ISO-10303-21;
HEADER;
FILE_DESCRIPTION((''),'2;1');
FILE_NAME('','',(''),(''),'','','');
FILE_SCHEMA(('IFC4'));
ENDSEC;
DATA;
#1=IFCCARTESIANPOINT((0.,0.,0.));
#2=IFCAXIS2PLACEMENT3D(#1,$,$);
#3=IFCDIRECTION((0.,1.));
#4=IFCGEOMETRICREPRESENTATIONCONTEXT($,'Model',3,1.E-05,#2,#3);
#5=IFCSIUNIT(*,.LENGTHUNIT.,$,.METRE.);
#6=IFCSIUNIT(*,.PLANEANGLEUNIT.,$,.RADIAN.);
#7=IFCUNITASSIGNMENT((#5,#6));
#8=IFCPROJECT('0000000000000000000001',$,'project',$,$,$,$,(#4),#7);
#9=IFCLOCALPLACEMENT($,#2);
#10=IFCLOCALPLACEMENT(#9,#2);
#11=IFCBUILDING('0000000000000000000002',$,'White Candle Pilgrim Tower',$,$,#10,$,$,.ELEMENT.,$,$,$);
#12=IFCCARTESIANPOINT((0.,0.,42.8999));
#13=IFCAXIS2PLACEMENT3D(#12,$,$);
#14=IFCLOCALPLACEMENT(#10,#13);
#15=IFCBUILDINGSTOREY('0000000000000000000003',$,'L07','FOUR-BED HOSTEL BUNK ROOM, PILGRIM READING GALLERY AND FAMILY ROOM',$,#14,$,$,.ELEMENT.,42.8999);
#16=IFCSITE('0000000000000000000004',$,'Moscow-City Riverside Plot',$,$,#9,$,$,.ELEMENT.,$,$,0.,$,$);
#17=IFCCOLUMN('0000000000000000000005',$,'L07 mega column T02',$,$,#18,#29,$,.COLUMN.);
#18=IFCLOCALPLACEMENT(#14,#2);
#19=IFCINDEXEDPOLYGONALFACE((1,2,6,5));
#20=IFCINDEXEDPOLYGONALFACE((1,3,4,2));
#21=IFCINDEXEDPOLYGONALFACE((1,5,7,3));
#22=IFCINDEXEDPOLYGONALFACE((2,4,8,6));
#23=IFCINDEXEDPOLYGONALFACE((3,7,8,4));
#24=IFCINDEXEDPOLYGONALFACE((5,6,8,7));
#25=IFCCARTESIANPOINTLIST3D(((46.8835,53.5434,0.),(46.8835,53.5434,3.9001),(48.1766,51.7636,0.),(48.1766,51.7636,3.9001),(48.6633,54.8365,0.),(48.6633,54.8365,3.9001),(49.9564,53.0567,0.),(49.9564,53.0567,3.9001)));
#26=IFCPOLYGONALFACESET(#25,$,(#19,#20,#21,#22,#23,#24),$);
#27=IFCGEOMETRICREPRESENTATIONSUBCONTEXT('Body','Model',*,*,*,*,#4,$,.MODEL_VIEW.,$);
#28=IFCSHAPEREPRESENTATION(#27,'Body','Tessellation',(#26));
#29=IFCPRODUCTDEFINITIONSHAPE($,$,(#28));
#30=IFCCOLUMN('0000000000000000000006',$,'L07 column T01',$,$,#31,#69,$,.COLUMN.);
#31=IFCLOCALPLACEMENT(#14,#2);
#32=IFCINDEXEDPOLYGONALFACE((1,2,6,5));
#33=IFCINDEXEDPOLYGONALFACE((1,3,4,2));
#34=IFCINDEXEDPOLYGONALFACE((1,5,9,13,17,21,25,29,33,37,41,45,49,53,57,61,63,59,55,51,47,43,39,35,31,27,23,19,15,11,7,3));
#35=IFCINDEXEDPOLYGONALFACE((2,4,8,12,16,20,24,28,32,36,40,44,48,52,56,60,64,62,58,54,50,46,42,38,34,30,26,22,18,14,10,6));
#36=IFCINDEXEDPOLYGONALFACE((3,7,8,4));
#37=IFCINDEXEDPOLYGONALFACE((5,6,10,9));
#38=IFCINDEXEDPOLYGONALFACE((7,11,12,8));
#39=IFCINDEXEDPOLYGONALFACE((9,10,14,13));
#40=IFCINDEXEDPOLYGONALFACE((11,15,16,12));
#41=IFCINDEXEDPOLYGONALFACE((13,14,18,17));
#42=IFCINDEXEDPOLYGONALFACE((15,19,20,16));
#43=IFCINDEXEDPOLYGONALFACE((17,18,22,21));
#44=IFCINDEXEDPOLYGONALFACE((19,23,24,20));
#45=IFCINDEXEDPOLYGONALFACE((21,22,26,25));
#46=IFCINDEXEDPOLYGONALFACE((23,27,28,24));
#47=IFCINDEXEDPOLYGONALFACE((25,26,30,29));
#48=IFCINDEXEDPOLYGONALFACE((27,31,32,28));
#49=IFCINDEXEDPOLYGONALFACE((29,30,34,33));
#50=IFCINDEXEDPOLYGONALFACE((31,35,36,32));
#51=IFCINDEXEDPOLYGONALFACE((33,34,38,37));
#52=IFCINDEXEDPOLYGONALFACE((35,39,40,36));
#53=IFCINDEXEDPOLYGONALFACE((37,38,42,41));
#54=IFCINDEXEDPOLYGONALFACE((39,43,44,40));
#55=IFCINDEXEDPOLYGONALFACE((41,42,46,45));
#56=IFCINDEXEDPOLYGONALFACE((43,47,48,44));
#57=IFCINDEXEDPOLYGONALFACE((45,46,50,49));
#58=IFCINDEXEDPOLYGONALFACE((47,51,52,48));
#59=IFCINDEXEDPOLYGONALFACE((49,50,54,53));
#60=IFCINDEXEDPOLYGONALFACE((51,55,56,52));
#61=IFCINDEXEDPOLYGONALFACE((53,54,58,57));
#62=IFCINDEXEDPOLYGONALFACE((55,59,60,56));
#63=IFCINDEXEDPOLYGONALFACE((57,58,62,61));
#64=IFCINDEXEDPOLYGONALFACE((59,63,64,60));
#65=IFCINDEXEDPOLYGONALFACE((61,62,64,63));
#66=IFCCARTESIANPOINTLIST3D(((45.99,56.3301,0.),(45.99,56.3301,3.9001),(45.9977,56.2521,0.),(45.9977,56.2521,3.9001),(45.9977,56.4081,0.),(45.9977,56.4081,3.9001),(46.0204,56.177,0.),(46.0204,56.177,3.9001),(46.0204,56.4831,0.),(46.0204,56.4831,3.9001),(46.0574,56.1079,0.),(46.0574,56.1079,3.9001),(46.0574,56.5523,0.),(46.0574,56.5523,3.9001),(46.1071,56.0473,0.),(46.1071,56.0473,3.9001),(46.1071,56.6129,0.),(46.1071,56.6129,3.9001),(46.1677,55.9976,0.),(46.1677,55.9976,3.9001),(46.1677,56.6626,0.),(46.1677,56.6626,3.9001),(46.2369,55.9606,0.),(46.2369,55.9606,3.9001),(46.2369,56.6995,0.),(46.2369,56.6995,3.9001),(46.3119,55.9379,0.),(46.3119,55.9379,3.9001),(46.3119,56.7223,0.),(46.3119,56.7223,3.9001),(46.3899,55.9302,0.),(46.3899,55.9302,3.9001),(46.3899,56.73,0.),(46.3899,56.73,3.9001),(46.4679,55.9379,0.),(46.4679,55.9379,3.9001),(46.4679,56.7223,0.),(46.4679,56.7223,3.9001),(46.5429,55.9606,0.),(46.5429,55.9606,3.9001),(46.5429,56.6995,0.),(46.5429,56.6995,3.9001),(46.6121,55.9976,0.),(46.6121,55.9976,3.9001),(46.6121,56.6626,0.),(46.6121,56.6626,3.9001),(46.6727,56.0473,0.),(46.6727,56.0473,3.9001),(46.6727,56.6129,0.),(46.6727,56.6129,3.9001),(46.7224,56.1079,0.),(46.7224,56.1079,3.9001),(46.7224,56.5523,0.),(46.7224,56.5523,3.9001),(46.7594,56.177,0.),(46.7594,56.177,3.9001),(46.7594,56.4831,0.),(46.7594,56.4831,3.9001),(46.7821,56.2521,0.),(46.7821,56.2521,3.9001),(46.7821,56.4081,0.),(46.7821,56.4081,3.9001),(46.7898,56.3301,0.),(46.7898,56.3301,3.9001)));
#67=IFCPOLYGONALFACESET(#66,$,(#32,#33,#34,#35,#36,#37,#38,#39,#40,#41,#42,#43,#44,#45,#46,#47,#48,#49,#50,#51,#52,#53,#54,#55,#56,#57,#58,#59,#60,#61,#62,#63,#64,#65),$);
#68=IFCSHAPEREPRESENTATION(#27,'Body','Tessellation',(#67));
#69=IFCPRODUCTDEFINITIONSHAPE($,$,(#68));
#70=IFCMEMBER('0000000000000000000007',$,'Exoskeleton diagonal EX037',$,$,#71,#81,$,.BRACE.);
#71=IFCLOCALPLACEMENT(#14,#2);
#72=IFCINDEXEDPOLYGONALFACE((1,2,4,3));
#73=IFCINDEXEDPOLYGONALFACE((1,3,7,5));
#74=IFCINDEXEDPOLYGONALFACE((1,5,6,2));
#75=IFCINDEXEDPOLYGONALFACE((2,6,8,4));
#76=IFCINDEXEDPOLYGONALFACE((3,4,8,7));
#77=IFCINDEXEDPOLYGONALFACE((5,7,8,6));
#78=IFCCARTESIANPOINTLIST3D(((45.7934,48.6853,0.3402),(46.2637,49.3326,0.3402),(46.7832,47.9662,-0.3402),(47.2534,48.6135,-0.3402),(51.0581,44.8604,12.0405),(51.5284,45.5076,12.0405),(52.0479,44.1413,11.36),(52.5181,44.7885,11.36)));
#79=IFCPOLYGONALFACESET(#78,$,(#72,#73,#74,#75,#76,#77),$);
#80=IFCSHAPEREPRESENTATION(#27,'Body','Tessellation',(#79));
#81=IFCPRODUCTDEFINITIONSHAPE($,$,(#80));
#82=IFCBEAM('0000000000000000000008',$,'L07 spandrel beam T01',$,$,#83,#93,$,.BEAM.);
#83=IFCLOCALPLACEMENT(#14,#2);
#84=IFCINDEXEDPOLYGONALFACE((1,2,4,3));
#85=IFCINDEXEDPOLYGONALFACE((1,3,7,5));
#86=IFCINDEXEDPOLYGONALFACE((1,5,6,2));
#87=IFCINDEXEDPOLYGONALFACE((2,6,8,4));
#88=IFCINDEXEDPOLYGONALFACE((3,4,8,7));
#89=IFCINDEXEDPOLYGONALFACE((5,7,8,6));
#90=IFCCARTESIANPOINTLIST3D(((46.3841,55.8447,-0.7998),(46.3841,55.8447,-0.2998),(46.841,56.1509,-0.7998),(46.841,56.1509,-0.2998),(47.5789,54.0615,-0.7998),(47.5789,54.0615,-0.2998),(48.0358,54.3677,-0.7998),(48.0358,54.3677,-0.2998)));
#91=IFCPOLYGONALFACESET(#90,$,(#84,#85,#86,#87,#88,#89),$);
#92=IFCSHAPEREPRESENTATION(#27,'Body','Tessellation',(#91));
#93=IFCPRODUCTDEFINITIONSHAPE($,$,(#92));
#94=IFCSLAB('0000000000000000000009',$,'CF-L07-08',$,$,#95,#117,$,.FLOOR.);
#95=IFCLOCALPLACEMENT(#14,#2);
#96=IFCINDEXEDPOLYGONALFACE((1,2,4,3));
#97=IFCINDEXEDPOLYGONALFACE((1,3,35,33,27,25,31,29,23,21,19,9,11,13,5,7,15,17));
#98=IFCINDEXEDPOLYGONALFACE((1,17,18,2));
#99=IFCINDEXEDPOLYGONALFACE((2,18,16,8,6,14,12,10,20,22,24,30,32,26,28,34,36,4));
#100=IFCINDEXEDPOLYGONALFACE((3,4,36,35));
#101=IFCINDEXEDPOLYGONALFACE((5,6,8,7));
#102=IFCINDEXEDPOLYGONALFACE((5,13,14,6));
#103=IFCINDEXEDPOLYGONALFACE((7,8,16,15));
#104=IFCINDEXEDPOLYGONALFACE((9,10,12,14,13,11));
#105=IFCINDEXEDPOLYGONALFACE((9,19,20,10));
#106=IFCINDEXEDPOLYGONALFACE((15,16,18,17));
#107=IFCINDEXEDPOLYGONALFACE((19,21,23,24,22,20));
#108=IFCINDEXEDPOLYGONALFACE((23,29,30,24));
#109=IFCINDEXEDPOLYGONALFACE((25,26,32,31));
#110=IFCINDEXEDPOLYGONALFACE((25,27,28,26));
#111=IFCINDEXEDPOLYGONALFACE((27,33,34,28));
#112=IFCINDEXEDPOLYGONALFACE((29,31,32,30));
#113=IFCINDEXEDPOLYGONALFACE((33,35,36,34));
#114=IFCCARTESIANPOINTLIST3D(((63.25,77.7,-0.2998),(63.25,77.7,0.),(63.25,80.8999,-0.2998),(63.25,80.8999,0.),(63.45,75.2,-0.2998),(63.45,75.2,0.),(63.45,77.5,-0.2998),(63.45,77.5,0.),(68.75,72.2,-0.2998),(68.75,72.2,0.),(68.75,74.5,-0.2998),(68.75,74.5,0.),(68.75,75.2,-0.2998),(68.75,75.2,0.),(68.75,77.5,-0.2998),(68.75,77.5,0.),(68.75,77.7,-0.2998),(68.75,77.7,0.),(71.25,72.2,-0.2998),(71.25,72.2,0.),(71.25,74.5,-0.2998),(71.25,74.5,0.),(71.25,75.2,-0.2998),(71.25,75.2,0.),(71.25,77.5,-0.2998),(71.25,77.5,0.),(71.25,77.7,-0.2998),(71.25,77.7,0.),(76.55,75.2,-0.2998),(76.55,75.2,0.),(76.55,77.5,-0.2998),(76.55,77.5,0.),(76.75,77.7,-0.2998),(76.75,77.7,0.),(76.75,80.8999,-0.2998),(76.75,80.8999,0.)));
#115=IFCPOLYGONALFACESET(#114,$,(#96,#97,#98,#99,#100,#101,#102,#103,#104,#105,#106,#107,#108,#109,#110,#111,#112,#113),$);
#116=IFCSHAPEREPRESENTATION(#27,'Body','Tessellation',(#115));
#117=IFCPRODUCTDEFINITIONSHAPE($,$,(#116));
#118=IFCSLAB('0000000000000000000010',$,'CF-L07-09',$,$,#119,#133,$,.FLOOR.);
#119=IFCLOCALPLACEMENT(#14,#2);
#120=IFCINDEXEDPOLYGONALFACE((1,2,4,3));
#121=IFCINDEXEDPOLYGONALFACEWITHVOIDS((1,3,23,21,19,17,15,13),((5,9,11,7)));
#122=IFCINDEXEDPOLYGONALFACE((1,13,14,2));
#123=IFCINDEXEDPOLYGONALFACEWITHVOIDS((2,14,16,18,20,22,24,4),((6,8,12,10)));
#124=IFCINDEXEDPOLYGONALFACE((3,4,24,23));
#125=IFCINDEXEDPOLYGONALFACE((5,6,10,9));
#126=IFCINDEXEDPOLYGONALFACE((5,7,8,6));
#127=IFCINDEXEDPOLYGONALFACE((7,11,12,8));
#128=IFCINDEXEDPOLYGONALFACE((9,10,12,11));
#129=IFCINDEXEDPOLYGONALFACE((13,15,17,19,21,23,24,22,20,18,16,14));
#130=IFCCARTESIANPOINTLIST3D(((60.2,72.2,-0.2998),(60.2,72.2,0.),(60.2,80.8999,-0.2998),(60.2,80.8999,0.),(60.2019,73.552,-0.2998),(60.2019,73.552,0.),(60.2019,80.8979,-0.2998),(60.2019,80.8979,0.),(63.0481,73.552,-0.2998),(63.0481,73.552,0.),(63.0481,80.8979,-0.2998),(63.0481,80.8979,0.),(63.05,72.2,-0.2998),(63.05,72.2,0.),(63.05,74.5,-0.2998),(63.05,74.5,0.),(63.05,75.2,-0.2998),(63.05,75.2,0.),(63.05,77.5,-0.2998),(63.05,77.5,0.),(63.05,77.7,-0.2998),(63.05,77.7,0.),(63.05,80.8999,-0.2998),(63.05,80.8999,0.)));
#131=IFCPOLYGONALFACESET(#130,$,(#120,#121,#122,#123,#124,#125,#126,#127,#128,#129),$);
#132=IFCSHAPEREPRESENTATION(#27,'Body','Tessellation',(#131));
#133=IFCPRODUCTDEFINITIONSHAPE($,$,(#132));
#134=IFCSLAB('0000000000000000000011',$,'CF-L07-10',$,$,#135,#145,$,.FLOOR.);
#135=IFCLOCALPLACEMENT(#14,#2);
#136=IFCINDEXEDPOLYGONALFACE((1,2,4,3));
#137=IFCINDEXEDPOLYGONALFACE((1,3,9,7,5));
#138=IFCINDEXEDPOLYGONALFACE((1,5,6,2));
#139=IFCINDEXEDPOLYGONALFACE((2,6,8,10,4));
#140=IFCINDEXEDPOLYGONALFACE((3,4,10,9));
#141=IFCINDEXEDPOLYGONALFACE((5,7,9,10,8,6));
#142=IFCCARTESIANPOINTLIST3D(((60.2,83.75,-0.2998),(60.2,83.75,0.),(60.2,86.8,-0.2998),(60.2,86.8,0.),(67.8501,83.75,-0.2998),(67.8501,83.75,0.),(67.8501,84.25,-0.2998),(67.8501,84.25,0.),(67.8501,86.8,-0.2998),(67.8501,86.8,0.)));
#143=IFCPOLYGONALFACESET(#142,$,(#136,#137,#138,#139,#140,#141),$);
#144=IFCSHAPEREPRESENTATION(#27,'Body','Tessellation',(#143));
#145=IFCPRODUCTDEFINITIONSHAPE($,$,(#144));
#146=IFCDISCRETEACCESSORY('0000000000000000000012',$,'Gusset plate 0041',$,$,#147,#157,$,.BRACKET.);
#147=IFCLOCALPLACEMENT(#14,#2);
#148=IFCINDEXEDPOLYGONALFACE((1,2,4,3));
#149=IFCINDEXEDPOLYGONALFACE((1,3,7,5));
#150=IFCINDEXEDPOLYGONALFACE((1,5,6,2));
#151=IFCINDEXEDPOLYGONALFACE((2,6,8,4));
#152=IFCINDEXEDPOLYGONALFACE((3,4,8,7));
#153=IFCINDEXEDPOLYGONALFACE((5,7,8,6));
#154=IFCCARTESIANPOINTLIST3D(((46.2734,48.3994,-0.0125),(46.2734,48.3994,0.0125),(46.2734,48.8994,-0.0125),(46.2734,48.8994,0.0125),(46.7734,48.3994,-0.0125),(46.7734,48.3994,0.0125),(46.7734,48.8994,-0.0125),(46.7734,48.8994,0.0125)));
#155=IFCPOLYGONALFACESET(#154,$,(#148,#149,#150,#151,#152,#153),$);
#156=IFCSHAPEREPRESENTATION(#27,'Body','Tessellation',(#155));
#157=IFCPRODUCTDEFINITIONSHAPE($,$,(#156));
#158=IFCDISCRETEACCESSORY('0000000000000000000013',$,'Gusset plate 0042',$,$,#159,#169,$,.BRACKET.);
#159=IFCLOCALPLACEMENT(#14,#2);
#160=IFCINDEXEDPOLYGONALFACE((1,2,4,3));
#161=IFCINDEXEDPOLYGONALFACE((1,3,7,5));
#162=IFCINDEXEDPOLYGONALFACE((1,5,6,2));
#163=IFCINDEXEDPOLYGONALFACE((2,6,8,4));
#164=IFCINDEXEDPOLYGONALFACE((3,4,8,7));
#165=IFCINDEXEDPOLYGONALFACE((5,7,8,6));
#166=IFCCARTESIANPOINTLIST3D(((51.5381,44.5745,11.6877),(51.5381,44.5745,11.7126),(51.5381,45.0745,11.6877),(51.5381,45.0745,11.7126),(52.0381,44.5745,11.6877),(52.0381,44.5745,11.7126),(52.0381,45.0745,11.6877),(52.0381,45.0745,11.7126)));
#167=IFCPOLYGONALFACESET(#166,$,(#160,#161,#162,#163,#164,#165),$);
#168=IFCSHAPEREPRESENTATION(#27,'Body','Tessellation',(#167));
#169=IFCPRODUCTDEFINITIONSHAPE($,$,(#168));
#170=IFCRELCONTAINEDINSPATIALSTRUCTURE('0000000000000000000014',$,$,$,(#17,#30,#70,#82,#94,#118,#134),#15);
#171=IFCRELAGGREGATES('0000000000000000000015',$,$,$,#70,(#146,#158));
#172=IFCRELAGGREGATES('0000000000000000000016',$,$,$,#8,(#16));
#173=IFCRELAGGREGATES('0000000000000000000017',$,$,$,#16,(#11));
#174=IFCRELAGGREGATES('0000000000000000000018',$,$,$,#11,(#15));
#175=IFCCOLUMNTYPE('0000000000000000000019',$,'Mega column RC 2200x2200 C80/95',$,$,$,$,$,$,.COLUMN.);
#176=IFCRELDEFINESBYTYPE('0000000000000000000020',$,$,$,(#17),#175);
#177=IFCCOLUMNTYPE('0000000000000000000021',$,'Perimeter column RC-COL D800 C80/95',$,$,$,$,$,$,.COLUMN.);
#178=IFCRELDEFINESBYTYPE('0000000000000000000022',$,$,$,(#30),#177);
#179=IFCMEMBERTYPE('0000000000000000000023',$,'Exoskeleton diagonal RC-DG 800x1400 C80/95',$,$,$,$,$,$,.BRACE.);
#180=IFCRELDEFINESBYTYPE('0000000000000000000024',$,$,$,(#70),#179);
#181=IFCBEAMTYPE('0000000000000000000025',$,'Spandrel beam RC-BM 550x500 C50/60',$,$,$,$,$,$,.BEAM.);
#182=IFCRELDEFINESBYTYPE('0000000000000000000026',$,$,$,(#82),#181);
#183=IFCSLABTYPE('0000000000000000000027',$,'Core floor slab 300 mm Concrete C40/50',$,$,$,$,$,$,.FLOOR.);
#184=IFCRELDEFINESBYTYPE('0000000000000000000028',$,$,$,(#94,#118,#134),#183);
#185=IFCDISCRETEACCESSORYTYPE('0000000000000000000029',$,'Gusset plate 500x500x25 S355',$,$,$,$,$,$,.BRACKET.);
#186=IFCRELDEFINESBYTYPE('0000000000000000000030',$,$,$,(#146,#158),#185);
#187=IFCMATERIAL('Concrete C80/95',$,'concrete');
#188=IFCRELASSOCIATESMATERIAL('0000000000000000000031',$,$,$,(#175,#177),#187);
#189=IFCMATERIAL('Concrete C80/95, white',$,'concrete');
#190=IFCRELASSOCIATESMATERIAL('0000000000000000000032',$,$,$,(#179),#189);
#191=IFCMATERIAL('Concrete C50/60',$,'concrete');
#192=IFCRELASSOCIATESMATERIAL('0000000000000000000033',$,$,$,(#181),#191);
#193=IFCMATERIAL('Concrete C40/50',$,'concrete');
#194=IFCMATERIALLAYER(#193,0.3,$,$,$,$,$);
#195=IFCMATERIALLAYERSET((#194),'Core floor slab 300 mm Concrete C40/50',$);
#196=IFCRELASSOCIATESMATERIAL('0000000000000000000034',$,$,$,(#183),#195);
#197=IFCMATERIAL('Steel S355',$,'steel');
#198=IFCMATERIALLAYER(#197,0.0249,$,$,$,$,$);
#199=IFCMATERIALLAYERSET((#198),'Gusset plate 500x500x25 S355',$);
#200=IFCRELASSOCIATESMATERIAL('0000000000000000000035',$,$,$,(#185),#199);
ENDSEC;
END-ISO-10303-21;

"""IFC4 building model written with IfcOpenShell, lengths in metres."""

from ifc_helpers import new_model, si_unit, direction, frame, origin, origin_2d, place, context, subcontext, project, spatial, polyline, rectangle, circle, outline, extrude, material, layer, layer_set, material_profile, profile_set, type_object, element, aggregate, save


model = new_model("IFC4")

# Units and contexts
model_context = context("Model", 3, precision=1e-05, world=origin(), true_north=direction((0.0, 1.0)))
body_context = subcontext(model_context, "Body", "Model", "MODEL_VIEW")
ifc_project = project(units=[si_unit("LENGTHUNIT", "METRE"), si_unit("PLANEANGLEUNIT", "RADIAN")], contexts=[model_context])

# Site, building, storey
site_placement = place(None, origin())
site = spatial("IfcSite", under=ifc_project, at=site_placement, Name="Moscow-City Riverside Plot", CompositionType="ELEMENT", RefElevation=0.0)
building_placement = place(site_placement, origin())
building = spatial("IfcBuilding", under=site, at=building_placement, Name="White Candle Pilgrim Tower", CompositionType="ELEMENT")
storey_placement = place(building_placement, frame((0.0, 0.0, 42.8999)))
storey = spatial("IfcBuildingStorey", under=building, at=storey_placement, Name="L07", Description="FOUR-BED HOSTEL BUNK ROOM, PILGRIM READING GALLERY AND FAMILY ROOM", CompositionType="ELEMENT", Elevation=42.8999)

# Columns
ifc_material_1 = material(Name="Concrete C80/95", Category="concrete")
ifc_material_profile_1 = material_profile(ifc_material_1, rectangle(XDim=2.2, YDim=2.2, at=origin_2d()), Name="RC 2200x2200")
ifc_profile_set_1 = profile_set([ifc_material_profile_1], Name="Concrete C80/95")
column_type_1 = type_object("IfcColumnType", Name="Mega column RC 2200x2200 C80/95", PredefinedType="COLUMN", material=ifc_profile_set_1)
column_1_placement = place(storey_placement, frame((48.4199, 53.3, 0.0), z_axis=(0.0, 0.0, 1.0), x_axis=(-0.809017, -0.587785, 0.0)))
element("IfcColumn", 1, at=column_1_placement, inside=storey, type_object=column_type_1, Name="L07 mega column T02", PredefinedType="COLUMN", context=body_context, shape_type="SweptSolid", body=[
    extrude(rectangle(XDim=2.2, YDim=2.2, at=origin_2d()), origin(), (0.0, 0.0, 1.0), 3.9001),
])
ifc_material_profile_2 = material_profile(ifc_material_1, circle(Radius=0.3999, at=origin_2d()), Name="RC-COL D800")
ifc_profile_set_2 = profile_set([ifc_material_profile_2], Name="Concrete C80/95")
column_type_2 = type_object("IfcColumnType", Name="Perimeter column RC-COL D800 C80/95", PredefinedType="COLUMN", material=ifc_profile_set_2)
column_2_placement = place(storey_placement, frame((46.3899, 56.3301, 0.0), z_axis=(0.0, 0.0, 1.0), x_axis=(1.0, 0.0, 0.0)))
element("IfcColumn", 2, at=column_2_placement, inside=storey, type_object=column_type_2, Name="L07 column T01", PredefinedType="COLUMN", context=body_context, shape_type="SweptSolid", body=[
    extrude(circle(Radius=0.3999, at=origin_2d()), origin(), (0.0, 0.0, 1.0), 3.9001),
])

# Member
ifc_material_2 = material(Name="Concrete C80/95, white", Category="concrete")
ifc_material_profile_3 = material_profile(ifc_material_2, rectangle(XDim=0.8, YDim=1.3999, at=origin_2d()), Name="RC-DG 800x1400")
ifc_profile_set_3 = profile_set([ifc_material_profile_3], Name="Concrete C80/95, white")
member_type = type_object("IfcMemberType", Name="Exoskeleton diagonal RC-DG 800x1400 C80/95", PredefinedType="BRACE", material=ifc_profile_set_3)
member_placement = place(storey_placement, frame((46.5234, 48.6494, 0.0), z_axis=(0.393233, -0.285698, 0.873925), x_axis=(0.587781, 0.80902, 0.0)))
member = element("IfcMember", 3, at=member_placement, inside=storey, type_object=member_type, Name="Exoskeleton diagonal EX037", PredefinedType="BRACE", context=body_context, shape_type="SweptSolid", body=[
    extrude(rectangle(XDim=0.8, YDim=1.3999, at=origin_2d()), origin(), (0.0, 0.0, 1.0), 13.3882),
])

# Beam
ifc_material_3 = material(Name="Concrete C50/60", Category="concrete")
ifc_material_profile_4 = material_profile(ifc_material_3, rectangle(XDim=0.55, YDim=0.5, at=origin_2d()), Name="RC-BM 550x500")
ifc_profile_set_4 = profile_set([ifc_material_profile_4], Name="Concrete C50/60")
beam_type = type_object("IfcBeamType", Name="Spandrel beam RC-BM 550x500 C50/60", PredefinedType="BEAM", material=ifc_profile_set_4)
beam_placement = place(storey_placement, frame((46.6125, 55.9978, -0.5498), z_axis=(0.556641, -0.830753, 0.0), x_axis=(0.830753, 0.556641, 0.0)))
element("IfcBeam", 4, at=beam_placement, inside=storey, type_object=beam_type, Name="L07 spandrel beam T01", PredefinedType="BEAM", context=body_context, shape_type="SweptSolid", body=[
    extrude(rectangle(XDim=0.55, YDim=0.5, at=origin_2d()), origin(), (0.0, 0.0, 1.0), 2.1465),
])

# Slabs
ifc_material_4 = material(Name="Concrete C40/50", Category="concrete")
ifc_layer_1 = layer(ifc_material_4, 0.3)
ifc_layer_set_1 = layer_set([ifc_layer_1], Name="Core floor slab 300 mm Concrete C40/50")
slab_type_1 = type_object("IfcSlabType", Name="Core floor slab 300 mm Concrete C40/50", PredefinedType="FLOOR", material=ifc_layer_set_1)
slab_1_placement = place(storey_placement, frame((0.0, 0.0, -0.2998)))
element("IfcSlab", 5, at=slab_1_placement, inside=storey, type_object=slab_type_1, Name="CF-L07-08", PredefinedType="FLOOR", context=body_context, shape_type="SweptSolid", body=[
    extrude(outline(polyline([(68.75, 72.2), (68.75, 74.5), (68.75, 75.2), (63.45, 75.2), (63.45, 77.5), (68.75, 77.5), (68.75, 77.7), (63.25, 77.7), (63.25, 80.8999), (76.75, 80.8999), (76.75, 77.7), (71.25, 77.7), (71.25, 77.5), (76.55, 77.5), (76.55, 75.2), (71.25, 75.2), (71.25, 74.5), (71.25, 72.2), (68.75, 72.2)])), origin(), (0.0, 0.0, 1.0), 0.2998),
])
slab_2_placement = place(storey_placement, frame((0.0, 0.0, -0.2998)))
element("IfcSlab", 6, at=slab_2_placement, inside=storey, type_object=slab_type_1, Name="CF-L07-09", PredefinedType="FLOOR", context=body_context, shape_type="SweptSolid", body=[
    extrude(outline(polyline([(60.2, 72.2), (60.2, 80.8999), (63.05, 80.8999), (63.05, 77.7), (63.05, 77.5), (63.05, 75.2), (63.05, 74.5), (63.05, 72.2), (60.2, 72.2)]), holes=[polyline([(60.2019, 73.552), (63.0481, 73.552), (63.0481, 80.8979), (60.2019, 80.8979), (60.2019, 73.552)])]), origin(), (0.0, 0.0, 1.0), 0.2998),
])
slab_3_placement = place(storey_placement, frame((0.0, 0.0, -0.2998)))
element("IfcSlab", 7, at=slab_3_placement, inside=storey, type_object=slab_type_1, Name="CF-L07-10", PredefinedType="FLOOR", context=body_context, shape_type="SweptSolid", body=[
    extrude(outline(polyline([(60.2, 86.8), (67.8501, 86.8), (67.8501, 84.25), (67.8501, 83.75), (60.2, 83.75), (60.2, 86.8)])), origin(), (0.0, 0.0, 1.0), 0.2998),
])

# Discrete accessories
ifc_material_5 = material(Name="Steel S355", Category="steel")
ifc_layer_2 = layer(ifc_material_5, 0.0249)
ifc_layer_set_2 = layer_set([ifc_layer_2], Name="Gusset plate 500x500x25 S355")
discrete_accessory_type = type_object("IfcDiscreteAccessoryType", Name="Gusset plate 500x500x25 S355", PredefinedType="BRACKET", material=ifc_layer_set_2)
discrete_accessory_1_placement = place(storey_placement, frame((46.5234, 48.6494, -0.0125), z_axis=(0.0, 0.0, 1.0), x_axis=(1.0, 0.0, 0.0)))
discrete_accessory_1 = element("IfcDiscreteAccessory", 8, at=discrete_accessory_1_placement, type_object=discrete_accessory_type, Name="Gusset plate 0041", PredefinedType="BRACKET", context=body_context, shape_type="SweptSolid", body=[
    extrude(rectangle(XDim=0.5, YDim=0.5, at=origin_2d()), origin(), (0.0, 0.0, 1.0), 0.0249),
])
placement = place(building_placement, frame((0.0, 0.0, 54.6001)))
discrete_accessory_2_placement = place(placement, frame((51.7881, 44.8245, -0.0125), z_axis=(0.0, 0.0, 1.0), x_axis=(1.0, 0.0, 0.0)))
discrete_accessory_2 = element("IfcDiscreteAccessory", 9, at=discrete_accessory_2_placement, type_object=discrete_accessory_type, Name="Gusset plate 0042", PredefinedType="BRACKET", context=body_context, shape_type="SweptSolid", body=[
    extrude(rectangle(XDim=0.5, YDim=0.5, at=origin_2d()), origin(), (0.0, 0.0, 1.0), 0.0249),
])
aggregate(member, [discrete_accessory_1, discrete_accessory_2])

save(model, "model.ifc")
